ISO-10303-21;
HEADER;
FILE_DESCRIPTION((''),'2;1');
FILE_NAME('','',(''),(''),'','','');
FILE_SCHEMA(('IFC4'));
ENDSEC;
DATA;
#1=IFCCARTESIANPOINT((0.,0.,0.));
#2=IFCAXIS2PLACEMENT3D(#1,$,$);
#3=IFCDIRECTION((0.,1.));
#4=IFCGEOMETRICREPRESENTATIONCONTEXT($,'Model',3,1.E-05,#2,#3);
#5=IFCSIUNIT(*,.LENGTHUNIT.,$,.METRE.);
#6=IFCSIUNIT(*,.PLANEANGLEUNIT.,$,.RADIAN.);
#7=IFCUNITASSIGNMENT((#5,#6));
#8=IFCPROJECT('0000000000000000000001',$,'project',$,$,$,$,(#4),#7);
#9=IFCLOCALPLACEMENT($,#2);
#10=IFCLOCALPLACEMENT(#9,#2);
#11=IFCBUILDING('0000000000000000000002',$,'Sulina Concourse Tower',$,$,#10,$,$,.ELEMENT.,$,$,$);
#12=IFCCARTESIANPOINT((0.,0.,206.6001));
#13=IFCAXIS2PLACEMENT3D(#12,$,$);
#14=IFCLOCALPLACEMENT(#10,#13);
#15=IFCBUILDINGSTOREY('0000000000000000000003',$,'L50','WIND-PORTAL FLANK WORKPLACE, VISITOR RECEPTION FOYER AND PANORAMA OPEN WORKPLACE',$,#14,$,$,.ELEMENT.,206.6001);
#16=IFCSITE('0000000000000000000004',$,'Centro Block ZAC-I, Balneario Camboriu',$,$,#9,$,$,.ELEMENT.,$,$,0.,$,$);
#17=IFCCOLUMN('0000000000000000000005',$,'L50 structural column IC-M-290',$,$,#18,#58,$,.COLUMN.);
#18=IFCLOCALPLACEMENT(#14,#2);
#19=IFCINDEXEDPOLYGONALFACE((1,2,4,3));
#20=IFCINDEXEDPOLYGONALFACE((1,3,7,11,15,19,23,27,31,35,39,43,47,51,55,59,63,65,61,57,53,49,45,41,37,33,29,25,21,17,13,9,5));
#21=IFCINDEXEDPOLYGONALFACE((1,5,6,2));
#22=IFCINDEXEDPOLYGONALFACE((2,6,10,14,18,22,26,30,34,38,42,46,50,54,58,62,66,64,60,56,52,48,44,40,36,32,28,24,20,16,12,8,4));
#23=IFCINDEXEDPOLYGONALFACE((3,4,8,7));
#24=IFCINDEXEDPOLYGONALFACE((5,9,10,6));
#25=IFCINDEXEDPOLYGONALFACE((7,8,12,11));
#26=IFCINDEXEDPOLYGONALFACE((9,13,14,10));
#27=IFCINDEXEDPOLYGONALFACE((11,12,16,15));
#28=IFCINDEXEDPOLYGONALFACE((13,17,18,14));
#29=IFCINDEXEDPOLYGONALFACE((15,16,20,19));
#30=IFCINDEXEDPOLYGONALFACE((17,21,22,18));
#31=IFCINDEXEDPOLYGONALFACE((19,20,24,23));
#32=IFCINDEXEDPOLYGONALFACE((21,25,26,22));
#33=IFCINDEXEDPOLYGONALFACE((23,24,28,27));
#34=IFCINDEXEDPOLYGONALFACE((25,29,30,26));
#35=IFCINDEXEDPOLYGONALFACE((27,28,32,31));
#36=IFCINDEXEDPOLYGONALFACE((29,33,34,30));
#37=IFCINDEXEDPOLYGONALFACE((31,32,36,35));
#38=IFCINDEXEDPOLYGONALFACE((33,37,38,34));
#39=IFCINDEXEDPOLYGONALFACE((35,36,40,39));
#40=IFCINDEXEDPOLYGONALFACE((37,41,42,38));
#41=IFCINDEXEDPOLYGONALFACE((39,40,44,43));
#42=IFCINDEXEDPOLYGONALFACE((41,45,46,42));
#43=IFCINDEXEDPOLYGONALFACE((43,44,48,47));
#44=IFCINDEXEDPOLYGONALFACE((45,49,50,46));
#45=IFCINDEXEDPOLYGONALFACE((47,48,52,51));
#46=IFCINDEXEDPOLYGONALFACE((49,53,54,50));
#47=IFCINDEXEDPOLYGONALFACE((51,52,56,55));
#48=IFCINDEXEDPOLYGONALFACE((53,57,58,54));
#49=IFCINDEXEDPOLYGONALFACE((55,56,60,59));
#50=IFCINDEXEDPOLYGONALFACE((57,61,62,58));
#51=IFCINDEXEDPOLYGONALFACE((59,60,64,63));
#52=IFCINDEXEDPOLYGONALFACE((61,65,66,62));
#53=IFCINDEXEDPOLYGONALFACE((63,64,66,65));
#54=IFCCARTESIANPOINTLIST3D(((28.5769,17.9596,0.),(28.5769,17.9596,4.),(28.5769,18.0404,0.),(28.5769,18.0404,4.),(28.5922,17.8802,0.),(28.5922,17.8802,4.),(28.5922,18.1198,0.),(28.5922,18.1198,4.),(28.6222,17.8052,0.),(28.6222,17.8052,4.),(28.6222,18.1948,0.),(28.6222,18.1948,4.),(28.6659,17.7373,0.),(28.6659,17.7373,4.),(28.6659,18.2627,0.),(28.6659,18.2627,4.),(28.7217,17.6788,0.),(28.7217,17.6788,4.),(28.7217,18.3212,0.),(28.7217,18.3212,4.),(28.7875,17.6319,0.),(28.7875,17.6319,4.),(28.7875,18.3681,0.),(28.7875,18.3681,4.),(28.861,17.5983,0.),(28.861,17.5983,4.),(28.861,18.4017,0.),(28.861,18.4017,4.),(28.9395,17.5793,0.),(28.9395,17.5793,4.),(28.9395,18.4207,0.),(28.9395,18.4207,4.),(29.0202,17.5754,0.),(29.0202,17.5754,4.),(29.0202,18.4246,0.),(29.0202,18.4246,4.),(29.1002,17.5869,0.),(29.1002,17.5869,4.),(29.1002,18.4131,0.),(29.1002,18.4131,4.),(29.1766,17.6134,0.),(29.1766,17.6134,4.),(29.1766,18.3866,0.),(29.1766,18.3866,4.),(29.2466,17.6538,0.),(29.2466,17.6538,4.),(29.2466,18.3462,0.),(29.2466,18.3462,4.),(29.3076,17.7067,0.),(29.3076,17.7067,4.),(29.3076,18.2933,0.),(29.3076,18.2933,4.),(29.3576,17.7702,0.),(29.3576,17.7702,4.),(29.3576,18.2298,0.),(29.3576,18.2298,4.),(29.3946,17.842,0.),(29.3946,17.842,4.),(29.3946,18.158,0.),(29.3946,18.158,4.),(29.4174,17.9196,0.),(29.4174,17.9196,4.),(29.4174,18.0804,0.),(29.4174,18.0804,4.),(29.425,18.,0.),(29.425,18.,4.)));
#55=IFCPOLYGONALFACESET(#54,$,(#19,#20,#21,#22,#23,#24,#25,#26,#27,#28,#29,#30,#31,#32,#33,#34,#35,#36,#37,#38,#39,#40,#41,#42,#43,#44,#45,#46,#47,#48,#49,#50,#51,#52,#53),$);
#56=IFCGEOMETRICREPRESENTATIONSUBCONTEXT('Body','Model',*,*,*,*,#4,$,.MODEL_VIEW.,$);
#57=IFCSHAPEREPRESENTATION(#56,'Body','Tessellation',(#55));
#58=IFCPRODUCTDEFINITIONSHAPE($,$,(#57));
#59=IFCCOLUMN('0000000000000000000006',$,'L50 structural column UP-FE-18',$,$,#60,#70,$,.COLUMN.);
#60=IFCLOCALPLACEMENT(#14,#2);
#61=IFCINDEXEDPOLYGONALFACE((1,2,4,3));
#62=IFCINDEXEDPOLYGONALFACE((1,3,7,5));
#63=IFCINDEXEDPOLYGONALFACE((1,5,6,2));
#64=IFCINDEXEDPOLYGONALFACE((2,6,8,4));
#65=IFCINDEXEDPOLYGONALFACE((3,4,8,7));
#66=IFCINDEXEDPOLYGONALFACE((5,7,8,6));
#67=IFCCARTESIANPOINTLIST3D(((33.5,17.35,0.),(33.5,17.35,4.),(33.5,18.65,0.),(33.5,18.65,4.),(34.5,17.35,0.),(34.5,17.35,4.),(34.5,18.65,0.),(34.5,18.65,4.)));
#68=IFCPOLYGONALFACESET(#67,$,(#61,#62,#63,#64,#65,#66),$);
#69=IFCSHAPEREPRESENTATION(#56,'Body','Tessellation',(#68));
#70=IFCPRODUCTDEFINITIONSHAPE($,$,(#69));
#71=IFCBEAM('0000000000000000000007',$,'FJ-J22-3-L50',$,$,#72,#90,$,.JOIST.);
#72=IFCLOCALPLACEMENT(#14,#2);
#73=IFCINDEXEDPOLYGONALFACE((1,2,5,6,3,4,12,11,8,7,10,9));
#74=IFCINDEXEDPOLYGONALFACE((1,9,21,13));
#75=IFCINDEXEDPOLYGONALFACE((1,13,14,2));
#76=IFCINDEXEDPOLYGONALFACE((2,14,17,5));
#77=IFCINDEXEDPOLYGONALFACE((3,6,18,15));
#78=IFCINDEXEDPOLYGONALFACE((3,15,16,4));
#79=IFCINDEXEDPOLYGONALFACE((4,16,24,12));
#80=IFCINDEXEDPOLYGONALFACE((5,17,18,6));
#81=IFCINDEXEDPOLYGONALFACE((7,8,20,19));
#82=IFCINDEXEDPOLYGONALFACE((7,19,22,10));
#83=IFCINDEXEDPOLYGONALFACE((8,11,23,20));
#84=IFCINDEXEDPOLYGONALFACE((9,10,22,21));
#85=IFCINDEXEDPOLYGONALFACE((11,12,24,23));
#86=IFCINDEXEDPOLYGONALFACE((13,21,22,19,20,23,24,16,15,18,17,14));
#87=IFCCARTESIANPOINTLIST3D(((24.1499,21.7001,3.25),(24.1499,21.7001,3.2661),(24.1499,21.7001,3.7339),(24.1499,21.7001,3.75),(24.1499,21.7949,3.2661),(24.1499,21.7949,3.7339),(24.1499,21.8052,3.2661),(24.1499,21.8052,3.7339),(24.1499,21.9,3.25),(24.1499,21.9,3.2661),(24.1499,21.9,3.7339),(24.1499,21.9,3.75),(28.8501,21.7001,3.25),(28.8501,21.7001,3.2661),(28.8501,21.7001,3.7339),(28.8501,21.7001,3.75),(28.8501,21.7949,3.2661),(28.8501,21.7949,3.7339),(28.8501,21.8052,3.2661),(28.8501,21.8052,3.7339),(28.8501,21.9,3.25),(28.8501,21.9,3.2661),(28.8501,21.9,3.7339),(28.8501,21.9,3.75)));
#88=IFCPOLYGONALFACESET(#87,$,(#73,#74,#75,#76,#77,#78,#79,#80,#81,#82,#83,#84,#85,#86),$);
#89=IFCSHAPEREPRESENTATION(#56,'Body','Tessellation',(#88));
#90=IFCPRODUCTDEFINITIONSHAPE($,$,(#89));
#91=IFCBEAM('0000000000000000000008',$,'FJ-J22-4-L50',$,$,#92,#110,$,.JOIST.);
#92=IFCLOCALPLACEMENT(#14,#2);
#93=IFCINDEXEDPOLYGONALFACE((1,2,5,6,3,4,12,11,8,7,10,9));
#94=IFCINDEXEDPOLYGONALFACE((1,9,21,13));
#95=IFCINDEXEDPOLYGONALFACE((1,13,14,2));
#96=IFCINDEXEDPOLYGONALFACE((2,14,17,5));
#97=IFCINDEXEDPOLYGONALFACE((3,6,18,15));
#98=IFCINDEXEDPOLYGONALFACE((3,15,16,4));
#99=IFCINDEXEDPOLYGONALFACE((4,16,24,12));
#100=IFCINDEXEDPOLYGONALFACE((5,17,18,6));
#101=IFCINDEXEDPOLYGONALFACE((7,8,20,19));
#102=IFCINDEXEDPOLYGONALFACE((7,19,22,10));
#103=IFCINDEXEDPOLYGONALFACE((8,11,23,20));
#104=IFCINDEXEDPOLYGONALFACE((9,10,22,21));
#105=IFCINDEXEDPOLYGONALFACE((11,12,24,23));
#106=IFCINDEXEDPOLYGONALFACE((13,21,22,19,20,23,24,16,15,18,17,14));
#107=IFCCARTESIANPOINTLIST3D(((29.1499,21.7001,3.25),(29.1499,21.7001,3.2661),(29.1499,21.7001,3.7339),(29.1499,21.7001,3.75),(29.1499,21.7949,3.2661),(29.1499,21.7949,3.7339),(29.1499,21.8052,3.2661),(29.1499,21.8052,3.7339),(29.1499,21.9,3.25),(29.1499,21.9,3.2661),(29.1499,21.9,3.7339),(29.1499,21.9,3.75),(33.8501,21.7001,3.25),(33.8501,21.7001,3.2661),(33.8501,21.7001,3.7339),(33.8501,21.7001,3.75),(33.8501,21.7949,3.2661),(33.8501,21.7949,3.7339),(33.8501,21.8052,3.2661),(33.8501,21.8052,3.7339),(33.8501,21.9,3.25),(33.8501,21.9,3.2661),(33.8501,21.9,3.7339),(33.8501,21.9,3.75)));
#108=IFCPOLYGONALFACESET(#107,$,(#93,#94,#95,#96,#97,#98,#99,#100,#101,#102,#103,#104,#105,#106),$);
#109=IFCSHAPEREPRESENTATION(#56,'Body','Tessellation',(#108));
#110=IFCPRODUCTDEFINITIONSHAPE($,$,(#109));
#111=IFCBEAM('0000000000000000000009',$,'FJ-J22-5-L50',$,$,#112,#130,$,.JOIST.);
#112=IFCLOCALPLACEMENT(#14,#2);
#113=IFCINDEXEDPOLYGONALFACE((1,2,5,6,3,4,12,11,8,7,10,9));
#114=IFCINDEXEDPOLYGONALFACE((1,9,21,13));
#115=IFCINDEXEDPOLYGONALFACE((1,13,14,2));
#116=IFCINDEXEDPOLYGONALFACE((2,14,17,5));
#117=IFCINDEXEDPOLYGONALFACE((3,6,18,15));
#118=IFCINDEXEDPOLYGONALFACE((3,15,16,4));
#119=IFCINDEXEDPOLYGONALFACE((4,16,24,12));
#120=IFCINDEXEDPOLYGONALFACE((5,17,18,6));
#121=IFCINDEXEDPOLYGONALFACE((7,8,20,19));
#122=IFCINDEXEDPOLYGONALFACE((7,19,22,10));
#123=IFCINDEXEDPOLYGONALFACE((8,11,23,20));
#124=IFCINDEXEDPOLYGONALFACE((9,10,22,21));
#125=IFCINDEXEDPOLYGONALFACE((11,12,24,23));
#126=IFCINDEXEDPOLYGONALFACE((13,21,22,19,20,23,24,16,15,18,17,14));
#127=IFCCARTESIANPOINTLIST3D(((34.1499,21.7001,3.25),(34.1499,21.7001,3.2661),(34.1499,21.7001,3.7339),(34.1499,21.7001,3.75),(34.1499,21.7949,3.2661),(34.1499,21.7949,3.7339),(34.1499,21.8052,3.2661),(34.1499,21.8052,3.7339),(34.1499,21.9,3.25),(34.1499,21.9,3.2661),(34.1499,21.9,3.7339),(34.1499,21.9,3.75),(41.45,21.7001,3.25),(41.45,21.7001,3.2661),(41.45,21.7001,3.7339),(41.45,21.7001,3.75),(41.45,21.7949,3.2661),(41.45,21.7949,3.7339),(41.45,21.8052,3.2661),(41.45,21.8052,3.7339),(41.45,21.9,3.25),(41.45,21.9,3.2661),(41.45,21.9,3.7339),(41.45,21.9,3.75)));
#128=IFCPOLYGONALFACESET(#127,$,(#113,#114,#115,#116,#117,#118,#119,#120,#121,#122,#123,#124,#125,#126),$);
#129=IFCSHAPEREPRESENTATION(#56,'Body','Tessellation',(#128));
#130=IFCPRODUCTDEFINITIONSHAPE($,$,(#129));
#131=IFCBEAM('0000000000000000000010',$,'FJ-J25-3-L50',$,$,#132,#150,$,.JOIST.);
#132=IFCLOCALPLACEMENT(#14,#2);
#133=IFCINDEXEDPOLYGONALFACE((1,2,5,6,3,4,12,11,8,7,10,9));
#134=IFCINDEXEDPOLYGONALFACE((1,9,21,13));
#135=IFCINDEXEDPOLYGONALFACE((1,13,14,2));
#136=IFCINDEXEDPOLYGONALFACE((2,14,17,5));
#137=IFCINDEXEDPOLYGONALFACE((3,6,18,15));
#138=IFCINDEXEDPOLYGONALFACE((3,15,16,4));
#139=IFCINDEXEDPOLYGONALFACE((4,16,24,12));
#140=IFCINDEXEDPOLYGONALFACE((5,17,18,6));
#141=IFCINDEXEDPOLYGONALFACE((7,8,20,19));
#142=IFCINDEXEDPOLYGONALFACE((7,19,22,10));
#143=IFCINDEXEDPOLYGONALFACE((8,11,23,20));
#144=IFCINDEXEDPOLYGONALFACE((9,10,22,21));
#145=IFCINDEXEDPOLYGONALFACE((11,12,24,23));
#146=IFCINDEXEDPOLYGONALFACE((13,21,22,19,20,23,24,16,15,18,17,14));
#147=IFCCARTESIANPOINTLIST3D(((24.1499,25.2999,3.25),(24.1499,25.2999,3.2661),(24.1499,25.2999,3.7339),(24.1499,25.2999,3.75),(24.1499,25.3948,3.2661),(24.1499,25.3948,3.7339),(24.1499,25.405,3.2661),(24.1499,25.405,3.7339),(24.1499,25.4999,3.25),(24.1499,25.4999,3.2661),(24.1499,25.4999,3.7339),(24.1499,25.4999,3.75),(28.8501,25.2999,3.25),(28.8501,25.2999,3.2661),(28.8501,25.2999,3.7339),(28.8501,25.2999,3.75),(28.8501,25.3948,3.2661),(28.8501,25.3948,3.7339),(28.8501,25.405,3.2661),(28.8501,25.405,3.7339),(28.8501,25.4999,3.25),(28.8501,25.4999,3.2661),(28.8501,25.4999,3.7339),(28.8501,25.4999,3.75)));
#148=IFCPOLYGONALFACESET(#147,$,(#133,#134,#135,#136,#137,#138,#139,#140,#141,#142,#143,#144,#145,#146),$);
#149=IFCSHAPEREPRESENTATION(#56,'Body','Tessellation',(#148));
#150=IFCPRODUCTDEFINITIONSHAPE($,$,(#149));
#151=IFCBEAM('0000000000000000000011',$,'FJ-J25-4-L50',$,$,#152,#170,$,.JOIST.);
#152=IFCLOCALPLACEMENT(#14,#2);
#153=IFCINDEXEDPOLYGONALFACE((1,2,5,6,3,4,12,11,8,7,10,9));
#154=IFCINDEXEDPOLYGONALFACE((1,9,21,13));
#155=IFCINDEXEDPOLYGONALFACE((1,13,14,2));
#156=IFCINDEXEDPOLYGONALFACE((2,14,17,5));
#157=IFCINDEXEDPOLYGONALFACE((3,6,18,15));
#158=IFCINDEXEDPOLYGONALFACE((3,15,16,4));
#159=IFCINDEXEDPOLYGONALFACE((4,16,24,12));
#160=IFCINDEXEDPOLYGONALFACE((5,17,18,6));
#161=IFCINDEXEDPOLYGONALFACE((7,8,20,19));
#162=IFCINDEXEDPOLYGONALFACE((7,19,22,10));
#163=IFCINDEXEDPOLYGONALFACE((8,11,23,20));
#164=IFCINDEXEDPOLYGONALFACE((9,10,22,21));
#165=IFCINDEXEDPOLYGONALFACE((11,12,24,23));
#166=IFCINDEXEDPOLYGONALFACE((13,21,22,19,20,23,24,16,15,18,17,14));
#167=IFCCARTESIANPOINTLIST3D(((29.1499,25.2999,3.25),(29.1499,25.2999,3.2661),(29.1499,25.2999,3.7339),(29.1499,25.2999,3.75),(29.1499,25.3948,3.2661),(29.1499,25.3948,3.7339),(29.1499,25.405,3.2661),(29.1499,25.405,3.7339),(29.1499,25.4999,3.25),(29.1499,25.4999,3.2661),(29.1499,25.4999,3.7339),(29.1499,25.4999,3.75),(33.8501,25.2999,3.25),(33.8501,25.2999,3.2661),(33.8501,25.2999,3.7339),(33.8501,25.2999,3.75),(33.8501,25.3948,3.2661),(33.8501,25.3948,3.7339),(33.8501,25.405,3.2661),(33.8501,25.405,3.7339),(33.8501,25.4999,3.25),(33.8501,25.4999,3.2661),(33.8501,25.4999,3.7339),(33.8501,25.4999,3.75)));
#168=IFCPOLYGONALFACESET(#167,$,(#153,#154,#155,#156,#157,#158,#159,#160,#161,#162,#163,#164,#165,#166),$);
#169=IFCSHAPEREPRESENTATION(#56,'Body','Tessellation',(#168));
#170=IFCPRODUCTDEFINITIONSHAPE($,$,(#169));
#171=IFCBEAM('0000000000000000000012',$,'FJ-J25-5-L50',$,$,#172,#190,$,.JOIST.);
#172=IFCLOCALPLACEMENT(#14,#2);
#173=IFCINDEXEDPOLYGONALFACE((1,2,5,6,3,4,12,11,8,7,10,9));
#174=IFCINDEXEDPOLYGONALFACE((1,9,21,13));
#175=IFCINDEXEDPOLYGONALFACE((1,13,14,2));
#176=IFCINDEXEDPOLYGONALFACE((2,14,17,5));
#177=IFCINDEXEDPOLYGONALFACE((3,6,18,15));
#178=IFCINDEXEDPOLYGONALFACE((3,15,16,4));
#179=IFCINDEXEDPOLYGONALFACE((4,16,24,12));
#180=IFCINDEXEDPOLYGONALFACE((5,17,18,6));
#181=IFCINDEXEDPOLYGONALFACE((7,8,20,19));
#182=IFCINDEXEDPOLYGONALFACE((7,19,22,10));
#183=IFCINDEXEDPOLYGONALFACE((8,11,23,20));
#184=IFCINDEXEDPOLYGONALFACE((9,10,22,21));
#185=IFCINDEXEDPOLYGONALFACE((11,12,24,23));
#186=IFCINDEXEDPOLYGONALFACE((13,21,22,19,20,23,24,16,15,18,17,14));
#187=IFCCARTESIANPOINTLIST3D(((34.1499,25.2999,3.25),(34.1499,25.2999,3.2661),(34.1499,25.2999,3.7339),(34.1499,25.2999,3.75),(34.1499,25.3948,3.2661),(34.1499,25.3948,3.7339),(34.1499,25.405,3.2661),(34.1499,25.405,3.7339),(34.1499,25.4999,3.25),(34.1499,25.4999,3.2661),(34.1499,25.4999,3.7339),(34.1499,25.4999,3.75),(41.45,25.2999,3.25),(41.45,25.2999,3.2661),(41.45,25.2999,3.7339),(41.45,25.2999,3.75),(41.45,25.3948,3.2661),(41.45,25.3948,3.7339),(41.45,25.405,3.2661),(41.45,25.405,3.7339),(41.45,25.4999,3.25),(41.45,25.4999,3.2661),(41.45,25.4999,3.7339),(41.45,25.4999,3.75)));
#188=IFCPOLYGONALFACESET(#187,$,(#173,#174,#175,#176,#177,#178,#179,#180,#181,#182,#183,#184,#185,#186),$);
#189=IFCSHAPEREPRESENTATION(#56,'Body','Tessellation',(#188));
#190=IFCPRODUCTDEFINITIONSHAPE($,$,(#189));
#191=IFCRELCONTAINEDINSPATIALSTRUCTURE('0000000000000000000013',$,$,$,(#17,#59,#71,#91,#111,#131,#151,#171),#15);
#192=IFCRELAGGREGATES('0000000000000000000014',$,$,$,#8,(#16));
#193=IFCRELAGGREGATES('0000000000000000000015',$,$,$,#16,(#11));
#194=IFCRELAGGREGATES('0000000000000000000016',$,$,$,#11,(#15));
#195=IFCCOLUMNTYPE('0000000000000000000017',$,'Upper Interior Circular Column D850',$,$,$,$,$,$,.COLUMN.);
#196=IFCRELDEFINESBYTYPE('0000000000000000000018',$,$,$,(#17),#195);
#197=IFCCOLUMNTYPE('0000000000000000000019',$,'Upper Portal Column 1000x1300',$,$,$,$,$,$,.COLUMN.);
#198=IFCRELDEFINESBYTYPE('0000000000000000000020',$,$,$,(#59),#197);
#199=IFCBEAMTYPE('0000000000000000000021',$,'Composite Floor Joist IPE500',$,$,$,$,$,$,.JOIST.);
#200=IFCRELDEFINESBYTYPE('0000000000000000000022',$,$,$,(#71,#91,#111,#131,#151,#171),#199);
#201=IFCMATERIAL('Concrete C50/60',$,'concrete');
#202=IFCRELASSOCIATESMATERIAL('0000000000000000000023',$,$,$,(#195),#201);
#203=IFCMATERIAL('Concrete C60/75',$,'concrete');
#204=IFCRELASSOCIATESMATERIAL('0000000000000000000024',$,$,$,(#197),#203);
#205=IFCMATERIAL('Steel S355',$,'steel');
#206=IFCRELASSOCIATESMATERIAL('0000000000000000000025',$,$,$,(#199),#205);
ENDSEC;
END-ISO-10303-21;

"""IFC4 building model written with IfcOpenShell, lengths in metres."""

from ifc_helpers import new_model, si_unit, direction, frame, origin, origin_2d, place, context, subcontext, project, spatial, rectangle, circle, i_section, extrude, material, material_profile, profile_set, type_object, element, save


model = new_model("IFC4")

# Units and contexts
model_context = context("Model", 3, precision=1e-05, world=origin(), true_north=direction((0.0, 1.0)))
body_context = subcontext(model_context, "Body", "Model", "MODEL_VIEW")
ifc_project = project(units=[si_unit("LENGTHUNIT", "METRE"), si_unit("PLANEANGLEUNIT", "RADIAN")], contexts=[model_context])

# Site, building, storey
site_placement = place(None, origin())
site = spatial("IfcSite", under=ifc_project, at=site_placement, Name="Centro Block ZAC-I, Balneario Camboriu", CompositionType="ELEMENT", RefElevation=0.0)
building_placement = place(site_placement, origin())
building = spatial("IfcBuilding", under=site, at=building_placement, Name="Sulina Concourse Tower", CompositionType="ELEMENT")
storey_placement = place(building_placement, frame((0.0, 0.0, 206.6001)))
storey = spatial("IfcBuildingStorey", under=building, at=storey_placement, Name="L50", Description="WIND-PORTAL FLANK WORKPLACE, VISITOR RECEPTION FOYER AND PANORAMA OPEN WORKPLACE", CompositionType="ELEMENT", Elevation=206.6001)

# Columns
ifc_material_1 = material(Name="Concrete C50/60", Category="concrete")
ifc_material_profile_1 = material_profile(ifc_material_1, circle(Radius=0.425, at=origin_2d()), Name="RC D850")
ifc_profile_set_1 = profile_set([ifc_material_profile_1], Name="Concrete C50/60")
column_type_1 = type_object("IfcColumnType", Name="Upper Interior Circular Column D850", PredefinedType="COLUMN", material=ifc_profile_set_1)
column_1_placement = place(storey_placement, frame((29.0, 18.0, 0.0), z_axis=(0.0, 0.0, 1.0), x_axis=(1.0, 0.0, 0.0)))
element("IfcColumn", 1, at=column_1_placement, inside=storey, type_object=column_type_1, Name="L50 structural column IC-M-290", PredefinedType="COLUMN", context=body_context, shape_type="SweptSolid", body=[
    extrude(circle(Radius=0.425, at=origin_2d()), origin(), (0.0, 0.0, 1.0), 4.0),
])
ifc_material_2 = material(Name="Concrete C60/75", Category="concrete")
ifc_material_profile_2 = material_profile(ifc_material_2, rectangle(XDim=1.0, YDim=1.3, at=origin_2d()), Name="RC 1000x1300")
ifc_profile_set_2 = profile_set([ifc_material_profile_2], Name="Concrete C60/75")
column_type_2 = type_object("IfcColumnType", Name="Upper Portal Column 1000x1300", PredefinedType="COLUMN", material=ifc_profile_set_2)
column_2_placement = place(storey_placement, frame((34.0, 18.0, 0.0), z_axis=(0.0, 0.0, 1.0), x_axis=(1.0, 0.0, 0.0)))
element("IfcColumn", 2, at=column_2_placement, inside=storey, type_object=column_type_2, Name="L50 structural column UP-FE-18", PredefinedType="COLUMN", context=body_context, shape_type="SweptSolid", body=[
    extrude(rectangle(XDim=1.0, YDim=1.3, at=origin_2d()), origin(), (0.0, 0.0, 1.0), 4.0),
])

# Beams
ifc_material_3 = material(Name="Steel S355", Category="steel")
ifc_material_profile_3 = material_profile(ifc_material_3, i_section(OverallWidth=0.2, OverallDepth=0.5, WebThickness=0.0103, FlangeThickness=0.0161, at=origin_2d()), Name="IPE 500")
ifc_profile_set_3 = profile_set([ifc_material_profile_3], Name="Steel S355")
beam_type_1 = type_object("IfcBeamType", Name="Composite Floor Joist IPE500", PredefinedType="JOIST", material=ifc_profile_set_3)
for number, where, z_axis, x_axis, name in (
    (3, (24.1499, 21.8, 3.5), (1.0, 0.0, 0.0), (0.0, 1.0, 0.0), "FJ-J22-3-L50"),
    (4, (29.1499, 21.8, 3.5), (1.0, 0.0, 0.0), (0.0, 1.0, 0.0), "FJ-J22-4-L50"),
):
    element("IfcBeam", number, at=place(storey_placement, frame(where, z_axis=z_axis, x_axis=x_axis)), inside=storey, type_object=beam_type_1, Name=name, PredefinedType="JOIST", context=body_context, shape_type="SweptSolid", body=[
        extrude(i_section(OverallWidth=0.2, OverallDepth=0.5, WebThickness=0.0103, FlangeThickness=0.0161, at=origin_2d()), origin(), (0.0, 0.0, 1.0), 4.7002),
    ])
beam_1_placement = place(storey_placement, frame((34.1499, 21.8, 3.5), z_axis=(1.0, 0.0, 0.0), x_axis=(0.0, 1.0, 0.0)))
element("IfcBeam", 5, at=beam_1_placement, inside=storey, type_object=beam_type_1, Name="FJ-J22-5-L50", PredefinedType="JOIST", context=body_context, shape_type="SweptSolid", body=[
    extrude(i_section(OverallWidth=0.2, OverallDepth=0.5, WebThickness=0.0103, FlangeThickness=0.0161, at=origin_2d()), origin(), (0.0, 0.0, 1.0), 7.3),
])
for number, where, z_axis, x_axis, name in (
    (6, (24.1499, 25.3999, 3.5), (1.0, 0.0, 0.0), (0.0, 1.0, 0.0), "FJ-J25-3-L50"),
    (7, (29.1499, 25.3999, 3.5), (1.0, 0.0, 0.0), (0.0, 1.0, 0.0), "FJ-J25-4-L50"),
):
    element("IfcBeam", number, at=place(storey_placement, frame(where, z_axis=z_axis, x_axis=x_axis)), inside=storey, type_object=beam_type_1, Name=name, PredefinedType="JOIST", context=body_context, shape_type="SweptSolid", body=[
        extrude(i_section(OverallWidth=0.2, OverallDepth=0.5, WebThickness=0.0103, FlangeThickness=0.0161, at=origin_2d()), origin(), (0.0, 0.0, 1.0), 4.7002),
    ])
beam_2_placement = place(storey_placement, frame((34.1499, 25.3999, 3.5), z_axis=(1.0, 0.0, 0.0), x_axis=(0.0, 1.0, 0.0)))
element("IfcBeam", 8, at=beam_2_placement, inside=storey, type_object=beam_type_1, Name="FJ-J25-5-L50", PredefinedType="JOIST", context=body_context, shape_type="SweptSolid", body=[
    extrude(i_section(OverallWidth=0.2, OverallDepth=0.5, WebThickness=0.0103, FlangeThickness=0.0161, at=origin_2d()), origin(), (0.0, 0.0, 1.0), 7.3),
])

save(model, "model.ifc")
